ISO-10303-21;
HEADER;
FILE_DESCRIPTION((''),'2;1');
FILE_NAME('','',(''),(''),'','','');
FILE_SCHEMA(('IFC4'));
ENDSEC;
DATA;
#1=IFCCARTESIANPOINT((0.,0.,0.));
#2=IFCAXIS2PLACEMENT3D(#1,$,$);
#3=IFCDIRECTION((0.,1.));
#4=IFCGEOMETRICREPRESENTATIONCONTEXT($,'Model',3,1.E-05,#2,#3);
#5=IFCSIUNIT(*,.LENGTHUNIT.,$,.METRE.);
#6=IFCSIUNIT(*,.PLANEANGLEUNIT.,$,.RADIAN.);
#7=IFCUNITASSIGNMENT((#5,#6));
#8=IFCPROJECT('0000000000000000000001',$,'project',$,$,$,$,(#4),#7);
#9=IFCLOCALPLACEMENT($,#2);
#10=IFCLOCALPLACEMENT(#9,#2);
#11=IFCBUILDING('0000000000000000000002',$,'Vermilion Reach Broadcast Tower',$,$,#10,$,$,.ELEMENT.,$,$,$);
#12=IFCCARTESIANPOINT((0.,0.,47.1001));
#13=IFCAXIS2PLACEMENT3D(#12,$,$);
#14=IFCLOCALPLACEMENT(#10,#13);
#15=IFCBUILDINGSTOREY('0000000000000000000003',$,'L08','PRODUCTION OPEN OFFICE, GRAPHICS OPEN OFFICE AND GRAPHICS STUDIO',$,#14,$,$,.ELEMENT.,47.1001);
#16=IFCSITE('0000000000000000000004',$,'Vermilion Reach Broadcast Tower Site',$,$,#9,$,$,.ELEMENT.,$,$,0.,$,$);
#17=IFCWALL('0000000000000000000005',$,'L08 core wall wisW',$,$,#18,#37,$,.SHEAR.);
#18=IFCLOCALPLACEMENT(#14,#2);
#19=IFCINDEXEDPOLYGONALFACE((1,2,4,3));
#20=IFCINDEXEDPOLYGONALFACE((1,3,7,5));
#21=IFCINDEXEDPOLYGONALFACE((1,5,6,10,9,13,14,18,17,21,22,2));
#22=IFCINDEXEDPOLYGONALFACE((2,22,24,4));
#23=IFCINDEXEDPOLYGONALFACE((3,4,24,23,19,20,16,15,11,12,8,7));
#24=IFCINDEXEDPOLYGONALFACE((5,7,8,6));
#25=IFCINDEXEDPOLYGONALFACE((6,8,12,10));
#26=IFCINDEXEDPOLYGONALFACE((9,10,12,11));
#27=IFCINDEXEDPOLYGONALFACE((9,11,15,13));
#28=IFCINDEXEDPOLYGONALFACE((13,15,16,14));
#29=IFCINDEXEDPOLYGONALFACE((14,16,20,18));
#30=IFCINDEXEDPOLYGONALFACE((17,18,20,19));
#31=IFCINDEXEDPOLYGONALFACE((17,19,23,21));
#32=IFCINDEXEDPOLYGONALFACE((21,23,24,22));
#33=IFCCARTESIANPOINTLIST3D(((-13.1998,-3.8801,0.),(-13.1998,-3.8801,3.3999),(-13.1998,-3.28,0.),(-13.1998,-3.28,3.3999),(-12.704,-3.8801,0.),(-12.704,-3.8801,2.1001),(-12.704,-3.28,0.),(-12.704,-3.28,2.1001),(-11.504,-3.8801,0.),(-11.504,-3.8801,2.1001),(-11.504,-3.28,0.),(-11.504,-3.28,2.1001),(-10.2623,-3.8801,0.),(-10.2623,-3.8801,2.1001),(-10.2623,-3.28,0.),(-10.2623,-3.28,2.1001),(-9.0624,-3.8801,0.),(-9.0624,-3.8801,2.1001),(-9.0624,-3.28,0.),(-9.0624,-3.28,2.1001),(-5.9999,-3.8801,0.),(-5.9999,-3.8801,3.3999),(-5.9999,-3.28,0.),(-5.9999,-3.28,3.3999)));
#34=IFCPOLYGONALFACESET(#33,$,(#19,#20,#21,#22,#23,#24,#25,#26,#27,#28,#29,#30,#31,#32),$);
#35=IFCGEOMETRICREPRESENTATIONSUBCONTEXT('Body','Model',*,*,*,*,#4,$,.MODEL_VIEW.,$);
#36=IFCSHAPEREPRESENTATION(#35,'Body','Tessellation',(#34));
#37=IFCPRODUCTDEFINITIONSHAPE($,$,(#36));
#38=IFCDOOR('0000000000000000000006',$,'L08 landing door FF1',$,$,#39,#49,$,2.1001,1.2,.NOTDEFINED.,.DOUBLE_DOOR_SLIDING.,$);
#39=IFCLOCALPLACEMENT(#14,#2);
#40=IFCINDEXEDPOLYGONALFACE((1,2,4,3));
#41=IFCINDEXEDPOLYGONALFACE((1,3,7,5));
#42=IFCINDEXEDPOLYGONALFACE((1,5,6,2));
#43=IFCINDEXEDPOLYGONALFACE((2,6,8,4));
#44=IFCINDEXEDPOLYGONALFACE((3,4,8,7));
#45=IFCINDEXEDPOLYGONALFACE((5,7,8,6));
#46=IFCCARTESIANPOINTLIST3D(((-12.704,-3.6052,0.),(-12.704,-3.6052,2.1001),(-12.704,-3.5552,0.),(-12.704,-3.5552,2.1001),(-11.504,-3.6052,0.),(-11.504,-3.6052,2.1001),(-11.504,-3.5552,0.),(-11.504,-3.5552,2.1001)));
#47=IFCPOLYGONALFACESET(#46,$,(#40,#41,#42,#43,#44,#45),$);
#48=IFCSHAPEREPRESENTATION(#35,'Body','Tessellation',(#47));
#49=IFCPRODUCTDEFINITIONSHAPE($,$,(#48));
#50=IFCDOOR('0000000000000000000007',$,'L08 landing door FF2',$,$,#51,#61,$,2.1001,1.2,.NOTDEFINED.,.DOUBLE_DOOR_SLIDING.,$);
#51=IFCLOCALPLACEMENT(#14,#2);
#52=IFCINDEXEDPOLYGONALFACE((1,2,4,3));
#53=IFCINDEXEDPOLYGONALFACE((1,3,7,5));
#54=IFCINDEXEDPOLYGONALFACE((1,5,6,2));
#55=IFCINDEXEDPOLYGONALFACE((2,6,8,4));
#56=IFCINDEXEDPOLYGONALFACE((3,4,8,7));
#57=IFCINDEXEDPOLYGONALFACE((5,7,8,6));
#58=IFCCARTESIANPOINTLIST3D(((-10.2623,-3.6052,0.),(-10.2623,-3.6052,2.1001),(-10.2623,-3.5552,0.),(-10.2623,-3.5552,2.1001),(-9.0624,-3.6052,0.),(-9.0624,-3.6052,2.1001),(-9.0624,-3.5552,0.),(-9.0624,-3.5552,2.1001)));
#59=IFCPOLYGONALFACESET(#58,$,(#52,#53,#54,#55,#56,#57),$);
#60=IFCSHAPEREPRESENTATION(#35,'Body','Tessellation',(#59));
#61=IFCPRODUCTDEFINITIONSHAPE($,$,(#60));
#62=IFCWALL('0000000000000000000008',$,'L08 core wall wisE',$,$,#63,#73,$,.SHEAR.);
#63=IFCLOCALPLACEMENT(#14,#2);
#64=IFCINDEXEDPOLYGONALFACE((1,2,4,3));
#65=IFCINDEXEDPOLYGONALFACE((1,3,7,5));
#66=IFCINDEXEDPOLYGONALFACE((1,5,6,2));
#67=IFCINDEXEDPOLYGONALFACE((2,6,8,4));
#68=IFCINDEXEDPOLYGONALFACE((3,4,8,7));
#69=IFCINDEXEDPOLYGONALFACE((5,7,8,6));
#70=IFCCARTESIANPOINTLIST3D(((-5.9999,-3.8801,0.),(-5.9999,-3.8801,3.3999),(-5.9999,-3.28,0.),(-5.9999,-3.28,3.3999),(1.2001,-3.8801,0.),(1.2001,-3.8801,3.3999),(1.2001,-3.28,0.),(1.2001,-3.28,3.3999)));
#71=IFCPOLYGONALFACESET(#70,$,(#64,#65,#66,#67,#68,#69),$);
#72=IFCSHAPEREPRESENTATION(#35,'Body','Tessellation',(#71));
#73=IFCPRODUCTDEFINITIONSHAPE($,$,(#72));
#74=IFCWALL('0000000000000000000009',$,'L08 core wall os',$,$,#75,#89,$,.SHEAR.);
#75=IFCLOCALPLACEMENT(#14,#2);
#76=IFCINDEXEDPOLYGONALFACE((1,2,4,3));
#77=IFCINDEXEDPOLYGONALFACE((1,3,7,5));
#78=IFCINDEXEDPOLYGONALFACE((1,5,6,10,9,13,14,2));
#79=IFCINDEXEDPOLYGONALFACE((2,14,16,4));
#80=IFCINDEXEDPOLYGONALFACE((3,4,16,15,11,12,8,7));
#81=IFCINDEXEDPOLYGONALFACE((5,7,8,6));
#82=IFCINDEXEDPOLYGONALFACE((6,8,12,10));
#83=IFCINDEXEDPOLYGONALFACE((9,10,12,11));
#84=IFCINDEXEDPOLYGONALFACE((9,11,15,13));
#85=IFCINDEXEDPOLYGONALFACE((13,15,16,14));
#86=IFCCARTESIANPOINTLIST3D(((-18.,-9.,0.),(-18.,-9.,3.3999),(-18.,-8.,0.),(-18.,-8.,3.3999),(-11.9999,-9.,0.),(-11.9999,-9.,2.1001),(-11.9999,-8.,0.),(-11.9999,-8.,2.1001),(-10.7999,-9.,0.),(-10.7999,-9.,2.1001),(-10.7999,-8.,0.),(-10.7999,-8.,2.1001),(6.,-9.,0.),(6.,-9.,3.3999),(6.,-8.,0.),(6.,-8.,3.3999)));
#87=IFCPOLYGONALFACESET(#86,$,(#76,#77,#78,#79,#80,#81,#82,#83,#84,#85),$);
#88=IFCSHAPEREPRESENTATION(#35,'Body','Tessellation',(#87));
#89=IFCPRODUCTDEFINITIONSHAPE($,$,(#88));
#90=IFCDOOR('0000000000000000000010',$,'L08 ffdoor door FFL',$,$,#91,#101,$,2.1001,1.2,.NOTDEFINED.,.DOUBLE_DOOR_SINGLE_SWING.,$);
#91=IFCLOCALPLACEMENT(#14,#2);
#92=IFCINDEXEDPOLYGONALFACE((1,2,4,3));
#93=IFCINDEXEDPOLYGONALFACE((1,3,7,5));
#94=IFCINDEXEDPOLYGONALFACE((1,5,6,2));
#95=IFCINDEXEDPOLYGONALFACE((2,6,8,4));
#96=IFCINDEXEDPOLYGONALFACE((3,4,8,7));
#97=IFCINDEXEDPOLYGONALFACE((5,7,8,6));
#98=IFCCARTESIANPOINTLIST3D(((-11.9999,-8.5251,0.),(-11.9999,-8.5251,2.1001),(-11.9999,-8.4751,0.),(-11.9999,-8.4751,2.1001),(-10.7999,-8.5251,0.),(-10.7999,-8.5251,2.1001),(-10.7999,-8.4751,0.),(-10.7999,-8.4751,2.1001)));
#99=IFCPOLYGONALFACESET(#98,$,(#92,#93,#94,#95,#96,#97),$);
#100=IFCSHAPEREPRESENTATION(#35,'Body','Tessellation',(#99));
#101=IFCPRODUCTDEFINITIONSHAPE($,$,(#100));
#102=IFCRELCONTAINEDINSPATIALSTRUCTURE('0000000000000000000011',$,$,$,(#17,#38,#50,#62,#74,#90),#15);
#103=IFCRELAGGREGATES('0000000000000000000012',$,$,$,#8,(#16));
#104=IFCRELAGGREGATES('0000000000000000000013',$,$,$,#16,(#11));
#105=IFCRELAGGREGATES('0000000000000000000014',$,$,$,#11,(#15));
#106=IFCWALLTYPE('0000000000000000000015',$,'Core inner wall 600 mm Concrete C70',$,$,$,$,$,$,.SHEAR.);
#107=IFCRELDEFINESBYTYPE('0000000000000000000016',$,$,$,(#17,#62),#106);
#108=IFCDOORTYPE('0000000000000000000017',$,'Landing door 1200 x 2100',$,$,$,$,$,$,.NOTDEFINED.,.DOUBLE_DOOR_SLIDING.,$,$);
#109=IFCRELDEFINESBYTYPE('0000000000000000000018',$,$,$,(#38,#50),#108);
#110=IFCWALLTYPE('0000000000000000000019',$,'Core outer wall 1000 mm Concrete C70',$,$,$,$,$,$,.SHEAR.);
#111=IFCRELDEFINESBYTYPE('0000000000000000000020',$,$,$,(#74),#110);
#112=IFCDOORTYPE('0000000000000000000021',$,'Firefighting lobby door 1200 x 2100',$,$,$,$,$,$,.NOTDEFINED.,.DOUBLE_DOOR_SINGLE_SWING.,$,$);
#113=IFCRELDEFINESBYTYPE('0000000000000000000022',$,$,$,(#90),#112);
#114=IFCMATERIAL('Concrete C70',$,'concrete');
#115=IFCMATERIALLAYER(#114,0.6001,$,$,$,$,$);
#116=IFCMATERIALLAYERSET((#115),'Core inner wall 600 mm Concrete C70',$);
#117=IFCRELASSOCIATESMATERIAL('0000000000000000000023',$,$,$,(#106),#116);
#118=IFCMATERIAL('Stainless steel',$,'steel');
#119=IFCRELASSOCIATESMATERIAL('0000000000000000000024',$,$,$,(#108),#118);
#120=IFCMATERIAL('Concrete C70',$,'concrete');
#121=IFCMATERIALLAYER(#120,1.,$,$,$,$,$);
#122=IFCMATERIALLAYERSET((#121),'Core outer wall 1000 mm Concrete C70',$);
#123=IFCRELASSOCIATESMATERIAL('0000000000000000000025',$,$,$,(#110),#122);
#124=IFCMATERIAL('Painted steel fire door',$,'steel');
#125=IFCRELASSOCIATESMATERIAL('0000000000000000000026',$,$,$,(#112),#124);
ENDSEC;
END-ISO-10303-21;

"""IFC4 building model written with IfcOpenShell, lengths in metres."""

from ifc_helpers import new_model, si_unit, direction, frame, frame_2d, origin, place, context, subcontext, project, spatial, rectangle, extrude, material, layer, layer_set, type_object, element, fill, save


model = new_model("IFC4")

# Units and contexts
model_context = context("Model", 3, precision=1e-05, world=origin(), true_north=direction((0.0, 1.0)))
body_context = subcontext(model_context, "Body", "Model", "MODEL_VIEW")
ifc_project = project(units=[si_unit("LENGTHUNIT", "METRE"), si_unit("PLANEANGLEUNIT", "RADIAN")], contexts=[model_context])

# Site, building, storey
site_placement = place(None, origin())
site = spatial("IfcSite", under=ifc_project, at=site_placement, Name="Vermilion Reach Broadcast Tower Site", CompositionType="ELEMENT", RefElevation=0.0)
building_placement = place(site_placement, origin())
building = spatial("IfcBuilding", under=site, at=building_placement, Name="Vermilion Reach Broadcast Tower", CompositionType="ELEMENT")
storey_placement = place(building_placement, frame((0.0, 0.0, 47.1001)))
storey = spatial("IfcBuildingStorey", under=building, at=storey_placement, Name="L08", Description="PRODUCTION OPEN OFFICE, GRAPHICS OPEN OFFICE AND GRAPHICS STUDIO", CompositionType="ELEMENT", Elevation=47.1001)

# Wall, openings, doors
ifc_material_1 = material(Name="Concrete C70", Category="concrete")
ifc_layer_1 = layer(ifc_material_1, 0.6001)
ifc_layer_set_1 = layer_set([ifc_layer_1], Name="Core inner wall 600 mm Concrete C70")
wall_type_1 = type_object("IfcWallType", Name="Core inner wall 600 mm Concrete C70", PredefinedType="SHEAR", material=ifc_layer_set_1)
wall_1_placement = place(storey_placement, frame((-13.2, -3.5801, 0.0), z_axis=(0.0, 0.0, 1.0), x_axis=(1.0, 0.0, 0.0)))
wall_1 = element("IfcWall", 1, at=wall_1_placement, inside=storey, type_object=wall_type_1, Name="L08 core wall wisW", PredefinedType="SHEAR", context=body_context, shape_type="SweptSolid", body=[
    extrude(rectangle(XDim=7.2, YDim=0.6001, at=frame_2d((3.6001, 0.0))), origin(), (0.0, 0.0, 1.0), 3.3999),
])
opening_1_placement = place(wall_1_placement, frame((0.4958, 0.0, 0.0)))
opening_1 = element("IfcOpeningElement", 2, at=opening_1_placement, cuts=wall_1, PredefinedType="OPENING", context=body_context, shape_type="SweptSolid", body=[
    extrude(rectangle(XDim=1.2, YDim=2.1001, at=frame_2d((0.6001, 1.05))), frame((0.0, 0.3101, 0.0), z_axis=(0.0, -1.0, 0.0), x_axis=(1.0, 0.0, 0.0)), (0.0, 0.0, 1.0), 0.6201),
])
opening_2_placement = place(wall_1_placement, frame((2.9375, 0.0, 0.0)))
opening_2 = element("IfcOpeningElement", 3, at=opening_2_placement, cuts=wall_1, PredefinedType="OPENING", context=body_context, shape_type="SweptSolid", body=[
    extrude(rectangle(XDim=1.2, YDim=2.1001, at=frame_2d((0.6001, 1.05))), frame((0.0, 0.3101, 0.0), z_axis=(0.0, -1.0, 0.0), x_axis=(1.0, 0.0, 0.0)), (0.0, 0.0, 1.0), 0.6201),
])
ifc_material_2 = material(Name="Stainless steel", Category="steel")
door_type_1 = type_object("IfcDoorType", Name="Landing door 1200 x 2100", OperationType="DOUBLE_DOOR_SLIDING", PredefinedType="NOTDEFINED", material=ifc_material_2)
door_1_placement = place(opening_1_placement, origin())
door_1 = element("IfcDoor", 4, at=door_1_placement, inside=storey, type_object=door_type_1, Name="L08 landing door FF1", OperationType="DOUBLE_DOOR_SLIDING", OverallHeight=2.1001, OverallWidth=1.2, PredefinedType="NOTDEFINED", context=body_context, shape_type="SweptSolid", body=[
    extrude(rectangle(XDim=1.2, YDim=2.1001, at=frame_2d((0.6001, 1.05))), frame((0.0, 0.0249, 0.0), z_axis=(0.0, -1.0, 0.0), x_axis=(1.0, 0.0, 0.0)), (0.0, 0.0, 1.0), 0.05),
])
fill(opening_1, door_1)
door_2_placement = place(opening_2_placement, origin())
door_2 = element("IfcDoor", 5, at=door_2_placement, inside=storey, type_object=door_type_1, Name="L08 landing door FF2", OperationType="DOUBLE_DOOR_SLIDING", OverallHeight=2.1001, OverallWidth=1.2, PredefinedType="NOTDEFINED", context=body_context, shape_type="SweptSolid", body=[
    extrude(rectangle(XDim=1.2, YDim=2.1001, at=frame_2d((0.6001, 1.05))), frame((0.0, 0.0249, 0.0), z_axis=(0.0, -1.0, 0.0), x_axis=(1.0, 0.0, 0.0)), (0.0, 0.0, 1.0), 0.05),
])
fill(opening_2, door_2)

# Wall
wall_2_placement = place(storey_placement, frame((-6.0, -3.5801, 0.0), z_axis=(0.0, 0.0, 1.0), x_axis=(1.0, 0.0, 0.0)))
element("IfcWall", 6, at=wall_2_placement, inside=storey, type_object=wall_type_1, Name="L08 core wall wisE", PredefinedType="SHEAR", context=body_context, shape_type="SweptSolid", body=[
    extrude(rectangle(XDim=7.2, YDim=0.6001, at=frame_2d((3.6001, 0.0))), origin(), (0.0, 0.0, 1.0), 3.3999),
])

# Wall, opening, door
ifc_material_3 = material(Name="Concrete C70", Category="concrete")
ifc_layer_2 = layer(ifc_material_3, 1.0)
ifc_layer_set_2 = layer_set([ifc_layer_2], Name="Core outer wall 1000 mm Concrete C70")
wall_type_2 = type_object("IfcWallType", Name="Core outer wall 1000 mm Concrete C70", PredefinedType="SHEAR", material=ifc_layer_set_2)
wall_3_placement = place(storey_placement, frame((-18.0, -8.5, 0.0), z_axis=(0.0, 0.0, 1.0), x_axis=(1.0, 0.0, 0.0)))
wall_3 = element("IfcWall", 7, at=wall_3_placement, inside=storey, type_object=wall_type_2, Name="L08 core wall os", PredefinedType="SHEAR", context=body_context, shape_type="SweptSolid", body=[
    extrude(rectangle(XDim=24.0, YDim=1.0, at=frame_2d((12.0, 0.0))), origin(), (0.0, 0.0, 1.0), 3.3999),
])
opening_3_placement = place(wall_3_placement, frame((6.0, 0.0, 0.0)))
opening_3 = element("IfcOpeningElement", 8, at=opening_3_placement, cuts=wall_3, PredefinedType="OPENING", context=body_context, shape_type="SweptSolid", body=[
    extrude(rectangle(XDim=1.2, YDim=2.1001, at=frame_2d((0.6001, 1.05))), frame((0.0, 0.51, 0.0), z_axis=(0.0, -1.0, 0.0), x_axis=(1.0, 0.0, 0.0)), (0.0, 0.0, 1.0), 1.02),
])
ifc_material_4 = material(Name="Painted steel fire door", Category="steel")
door_type_2 = type_object("IfcDoorType", Name="Firefighting lobby door 1200 x 2100", OperationType="DOUBLE_DOOR_SINGLE_SWING", PredefinedType="NOTDEFINED", material=ifc_material_4)
door_3_placement = place(opening_3_placement, origin())
door_3 = element("IfcDoor", 9, at=door_3_placement, inside=storey, type_object=door_type_2, Name="L08 ffdoor door FFL", OperationType="DOUBLE_DOOR_SINGLE_SWING", OverallHeight=2.1001, OverallWidth=1.2, PredefinedType="NOTDEFINED", context=body_context, shape_type="SweptSolid", body=[
    extrude(rectangle(XDim=1.2, YDim=2.1001, at=frame_2d((0.6001, 1.05))), frame((0.0, 0.0249, 0.0), z_axis=(0.0, -1.0, 0.0), x_axis=(1.0, 0.0, 0.0)), (0.0, 0.0, 1.0), 0.05),
])
fill(opening_3, door_3)

save(model, "model.ifc")
